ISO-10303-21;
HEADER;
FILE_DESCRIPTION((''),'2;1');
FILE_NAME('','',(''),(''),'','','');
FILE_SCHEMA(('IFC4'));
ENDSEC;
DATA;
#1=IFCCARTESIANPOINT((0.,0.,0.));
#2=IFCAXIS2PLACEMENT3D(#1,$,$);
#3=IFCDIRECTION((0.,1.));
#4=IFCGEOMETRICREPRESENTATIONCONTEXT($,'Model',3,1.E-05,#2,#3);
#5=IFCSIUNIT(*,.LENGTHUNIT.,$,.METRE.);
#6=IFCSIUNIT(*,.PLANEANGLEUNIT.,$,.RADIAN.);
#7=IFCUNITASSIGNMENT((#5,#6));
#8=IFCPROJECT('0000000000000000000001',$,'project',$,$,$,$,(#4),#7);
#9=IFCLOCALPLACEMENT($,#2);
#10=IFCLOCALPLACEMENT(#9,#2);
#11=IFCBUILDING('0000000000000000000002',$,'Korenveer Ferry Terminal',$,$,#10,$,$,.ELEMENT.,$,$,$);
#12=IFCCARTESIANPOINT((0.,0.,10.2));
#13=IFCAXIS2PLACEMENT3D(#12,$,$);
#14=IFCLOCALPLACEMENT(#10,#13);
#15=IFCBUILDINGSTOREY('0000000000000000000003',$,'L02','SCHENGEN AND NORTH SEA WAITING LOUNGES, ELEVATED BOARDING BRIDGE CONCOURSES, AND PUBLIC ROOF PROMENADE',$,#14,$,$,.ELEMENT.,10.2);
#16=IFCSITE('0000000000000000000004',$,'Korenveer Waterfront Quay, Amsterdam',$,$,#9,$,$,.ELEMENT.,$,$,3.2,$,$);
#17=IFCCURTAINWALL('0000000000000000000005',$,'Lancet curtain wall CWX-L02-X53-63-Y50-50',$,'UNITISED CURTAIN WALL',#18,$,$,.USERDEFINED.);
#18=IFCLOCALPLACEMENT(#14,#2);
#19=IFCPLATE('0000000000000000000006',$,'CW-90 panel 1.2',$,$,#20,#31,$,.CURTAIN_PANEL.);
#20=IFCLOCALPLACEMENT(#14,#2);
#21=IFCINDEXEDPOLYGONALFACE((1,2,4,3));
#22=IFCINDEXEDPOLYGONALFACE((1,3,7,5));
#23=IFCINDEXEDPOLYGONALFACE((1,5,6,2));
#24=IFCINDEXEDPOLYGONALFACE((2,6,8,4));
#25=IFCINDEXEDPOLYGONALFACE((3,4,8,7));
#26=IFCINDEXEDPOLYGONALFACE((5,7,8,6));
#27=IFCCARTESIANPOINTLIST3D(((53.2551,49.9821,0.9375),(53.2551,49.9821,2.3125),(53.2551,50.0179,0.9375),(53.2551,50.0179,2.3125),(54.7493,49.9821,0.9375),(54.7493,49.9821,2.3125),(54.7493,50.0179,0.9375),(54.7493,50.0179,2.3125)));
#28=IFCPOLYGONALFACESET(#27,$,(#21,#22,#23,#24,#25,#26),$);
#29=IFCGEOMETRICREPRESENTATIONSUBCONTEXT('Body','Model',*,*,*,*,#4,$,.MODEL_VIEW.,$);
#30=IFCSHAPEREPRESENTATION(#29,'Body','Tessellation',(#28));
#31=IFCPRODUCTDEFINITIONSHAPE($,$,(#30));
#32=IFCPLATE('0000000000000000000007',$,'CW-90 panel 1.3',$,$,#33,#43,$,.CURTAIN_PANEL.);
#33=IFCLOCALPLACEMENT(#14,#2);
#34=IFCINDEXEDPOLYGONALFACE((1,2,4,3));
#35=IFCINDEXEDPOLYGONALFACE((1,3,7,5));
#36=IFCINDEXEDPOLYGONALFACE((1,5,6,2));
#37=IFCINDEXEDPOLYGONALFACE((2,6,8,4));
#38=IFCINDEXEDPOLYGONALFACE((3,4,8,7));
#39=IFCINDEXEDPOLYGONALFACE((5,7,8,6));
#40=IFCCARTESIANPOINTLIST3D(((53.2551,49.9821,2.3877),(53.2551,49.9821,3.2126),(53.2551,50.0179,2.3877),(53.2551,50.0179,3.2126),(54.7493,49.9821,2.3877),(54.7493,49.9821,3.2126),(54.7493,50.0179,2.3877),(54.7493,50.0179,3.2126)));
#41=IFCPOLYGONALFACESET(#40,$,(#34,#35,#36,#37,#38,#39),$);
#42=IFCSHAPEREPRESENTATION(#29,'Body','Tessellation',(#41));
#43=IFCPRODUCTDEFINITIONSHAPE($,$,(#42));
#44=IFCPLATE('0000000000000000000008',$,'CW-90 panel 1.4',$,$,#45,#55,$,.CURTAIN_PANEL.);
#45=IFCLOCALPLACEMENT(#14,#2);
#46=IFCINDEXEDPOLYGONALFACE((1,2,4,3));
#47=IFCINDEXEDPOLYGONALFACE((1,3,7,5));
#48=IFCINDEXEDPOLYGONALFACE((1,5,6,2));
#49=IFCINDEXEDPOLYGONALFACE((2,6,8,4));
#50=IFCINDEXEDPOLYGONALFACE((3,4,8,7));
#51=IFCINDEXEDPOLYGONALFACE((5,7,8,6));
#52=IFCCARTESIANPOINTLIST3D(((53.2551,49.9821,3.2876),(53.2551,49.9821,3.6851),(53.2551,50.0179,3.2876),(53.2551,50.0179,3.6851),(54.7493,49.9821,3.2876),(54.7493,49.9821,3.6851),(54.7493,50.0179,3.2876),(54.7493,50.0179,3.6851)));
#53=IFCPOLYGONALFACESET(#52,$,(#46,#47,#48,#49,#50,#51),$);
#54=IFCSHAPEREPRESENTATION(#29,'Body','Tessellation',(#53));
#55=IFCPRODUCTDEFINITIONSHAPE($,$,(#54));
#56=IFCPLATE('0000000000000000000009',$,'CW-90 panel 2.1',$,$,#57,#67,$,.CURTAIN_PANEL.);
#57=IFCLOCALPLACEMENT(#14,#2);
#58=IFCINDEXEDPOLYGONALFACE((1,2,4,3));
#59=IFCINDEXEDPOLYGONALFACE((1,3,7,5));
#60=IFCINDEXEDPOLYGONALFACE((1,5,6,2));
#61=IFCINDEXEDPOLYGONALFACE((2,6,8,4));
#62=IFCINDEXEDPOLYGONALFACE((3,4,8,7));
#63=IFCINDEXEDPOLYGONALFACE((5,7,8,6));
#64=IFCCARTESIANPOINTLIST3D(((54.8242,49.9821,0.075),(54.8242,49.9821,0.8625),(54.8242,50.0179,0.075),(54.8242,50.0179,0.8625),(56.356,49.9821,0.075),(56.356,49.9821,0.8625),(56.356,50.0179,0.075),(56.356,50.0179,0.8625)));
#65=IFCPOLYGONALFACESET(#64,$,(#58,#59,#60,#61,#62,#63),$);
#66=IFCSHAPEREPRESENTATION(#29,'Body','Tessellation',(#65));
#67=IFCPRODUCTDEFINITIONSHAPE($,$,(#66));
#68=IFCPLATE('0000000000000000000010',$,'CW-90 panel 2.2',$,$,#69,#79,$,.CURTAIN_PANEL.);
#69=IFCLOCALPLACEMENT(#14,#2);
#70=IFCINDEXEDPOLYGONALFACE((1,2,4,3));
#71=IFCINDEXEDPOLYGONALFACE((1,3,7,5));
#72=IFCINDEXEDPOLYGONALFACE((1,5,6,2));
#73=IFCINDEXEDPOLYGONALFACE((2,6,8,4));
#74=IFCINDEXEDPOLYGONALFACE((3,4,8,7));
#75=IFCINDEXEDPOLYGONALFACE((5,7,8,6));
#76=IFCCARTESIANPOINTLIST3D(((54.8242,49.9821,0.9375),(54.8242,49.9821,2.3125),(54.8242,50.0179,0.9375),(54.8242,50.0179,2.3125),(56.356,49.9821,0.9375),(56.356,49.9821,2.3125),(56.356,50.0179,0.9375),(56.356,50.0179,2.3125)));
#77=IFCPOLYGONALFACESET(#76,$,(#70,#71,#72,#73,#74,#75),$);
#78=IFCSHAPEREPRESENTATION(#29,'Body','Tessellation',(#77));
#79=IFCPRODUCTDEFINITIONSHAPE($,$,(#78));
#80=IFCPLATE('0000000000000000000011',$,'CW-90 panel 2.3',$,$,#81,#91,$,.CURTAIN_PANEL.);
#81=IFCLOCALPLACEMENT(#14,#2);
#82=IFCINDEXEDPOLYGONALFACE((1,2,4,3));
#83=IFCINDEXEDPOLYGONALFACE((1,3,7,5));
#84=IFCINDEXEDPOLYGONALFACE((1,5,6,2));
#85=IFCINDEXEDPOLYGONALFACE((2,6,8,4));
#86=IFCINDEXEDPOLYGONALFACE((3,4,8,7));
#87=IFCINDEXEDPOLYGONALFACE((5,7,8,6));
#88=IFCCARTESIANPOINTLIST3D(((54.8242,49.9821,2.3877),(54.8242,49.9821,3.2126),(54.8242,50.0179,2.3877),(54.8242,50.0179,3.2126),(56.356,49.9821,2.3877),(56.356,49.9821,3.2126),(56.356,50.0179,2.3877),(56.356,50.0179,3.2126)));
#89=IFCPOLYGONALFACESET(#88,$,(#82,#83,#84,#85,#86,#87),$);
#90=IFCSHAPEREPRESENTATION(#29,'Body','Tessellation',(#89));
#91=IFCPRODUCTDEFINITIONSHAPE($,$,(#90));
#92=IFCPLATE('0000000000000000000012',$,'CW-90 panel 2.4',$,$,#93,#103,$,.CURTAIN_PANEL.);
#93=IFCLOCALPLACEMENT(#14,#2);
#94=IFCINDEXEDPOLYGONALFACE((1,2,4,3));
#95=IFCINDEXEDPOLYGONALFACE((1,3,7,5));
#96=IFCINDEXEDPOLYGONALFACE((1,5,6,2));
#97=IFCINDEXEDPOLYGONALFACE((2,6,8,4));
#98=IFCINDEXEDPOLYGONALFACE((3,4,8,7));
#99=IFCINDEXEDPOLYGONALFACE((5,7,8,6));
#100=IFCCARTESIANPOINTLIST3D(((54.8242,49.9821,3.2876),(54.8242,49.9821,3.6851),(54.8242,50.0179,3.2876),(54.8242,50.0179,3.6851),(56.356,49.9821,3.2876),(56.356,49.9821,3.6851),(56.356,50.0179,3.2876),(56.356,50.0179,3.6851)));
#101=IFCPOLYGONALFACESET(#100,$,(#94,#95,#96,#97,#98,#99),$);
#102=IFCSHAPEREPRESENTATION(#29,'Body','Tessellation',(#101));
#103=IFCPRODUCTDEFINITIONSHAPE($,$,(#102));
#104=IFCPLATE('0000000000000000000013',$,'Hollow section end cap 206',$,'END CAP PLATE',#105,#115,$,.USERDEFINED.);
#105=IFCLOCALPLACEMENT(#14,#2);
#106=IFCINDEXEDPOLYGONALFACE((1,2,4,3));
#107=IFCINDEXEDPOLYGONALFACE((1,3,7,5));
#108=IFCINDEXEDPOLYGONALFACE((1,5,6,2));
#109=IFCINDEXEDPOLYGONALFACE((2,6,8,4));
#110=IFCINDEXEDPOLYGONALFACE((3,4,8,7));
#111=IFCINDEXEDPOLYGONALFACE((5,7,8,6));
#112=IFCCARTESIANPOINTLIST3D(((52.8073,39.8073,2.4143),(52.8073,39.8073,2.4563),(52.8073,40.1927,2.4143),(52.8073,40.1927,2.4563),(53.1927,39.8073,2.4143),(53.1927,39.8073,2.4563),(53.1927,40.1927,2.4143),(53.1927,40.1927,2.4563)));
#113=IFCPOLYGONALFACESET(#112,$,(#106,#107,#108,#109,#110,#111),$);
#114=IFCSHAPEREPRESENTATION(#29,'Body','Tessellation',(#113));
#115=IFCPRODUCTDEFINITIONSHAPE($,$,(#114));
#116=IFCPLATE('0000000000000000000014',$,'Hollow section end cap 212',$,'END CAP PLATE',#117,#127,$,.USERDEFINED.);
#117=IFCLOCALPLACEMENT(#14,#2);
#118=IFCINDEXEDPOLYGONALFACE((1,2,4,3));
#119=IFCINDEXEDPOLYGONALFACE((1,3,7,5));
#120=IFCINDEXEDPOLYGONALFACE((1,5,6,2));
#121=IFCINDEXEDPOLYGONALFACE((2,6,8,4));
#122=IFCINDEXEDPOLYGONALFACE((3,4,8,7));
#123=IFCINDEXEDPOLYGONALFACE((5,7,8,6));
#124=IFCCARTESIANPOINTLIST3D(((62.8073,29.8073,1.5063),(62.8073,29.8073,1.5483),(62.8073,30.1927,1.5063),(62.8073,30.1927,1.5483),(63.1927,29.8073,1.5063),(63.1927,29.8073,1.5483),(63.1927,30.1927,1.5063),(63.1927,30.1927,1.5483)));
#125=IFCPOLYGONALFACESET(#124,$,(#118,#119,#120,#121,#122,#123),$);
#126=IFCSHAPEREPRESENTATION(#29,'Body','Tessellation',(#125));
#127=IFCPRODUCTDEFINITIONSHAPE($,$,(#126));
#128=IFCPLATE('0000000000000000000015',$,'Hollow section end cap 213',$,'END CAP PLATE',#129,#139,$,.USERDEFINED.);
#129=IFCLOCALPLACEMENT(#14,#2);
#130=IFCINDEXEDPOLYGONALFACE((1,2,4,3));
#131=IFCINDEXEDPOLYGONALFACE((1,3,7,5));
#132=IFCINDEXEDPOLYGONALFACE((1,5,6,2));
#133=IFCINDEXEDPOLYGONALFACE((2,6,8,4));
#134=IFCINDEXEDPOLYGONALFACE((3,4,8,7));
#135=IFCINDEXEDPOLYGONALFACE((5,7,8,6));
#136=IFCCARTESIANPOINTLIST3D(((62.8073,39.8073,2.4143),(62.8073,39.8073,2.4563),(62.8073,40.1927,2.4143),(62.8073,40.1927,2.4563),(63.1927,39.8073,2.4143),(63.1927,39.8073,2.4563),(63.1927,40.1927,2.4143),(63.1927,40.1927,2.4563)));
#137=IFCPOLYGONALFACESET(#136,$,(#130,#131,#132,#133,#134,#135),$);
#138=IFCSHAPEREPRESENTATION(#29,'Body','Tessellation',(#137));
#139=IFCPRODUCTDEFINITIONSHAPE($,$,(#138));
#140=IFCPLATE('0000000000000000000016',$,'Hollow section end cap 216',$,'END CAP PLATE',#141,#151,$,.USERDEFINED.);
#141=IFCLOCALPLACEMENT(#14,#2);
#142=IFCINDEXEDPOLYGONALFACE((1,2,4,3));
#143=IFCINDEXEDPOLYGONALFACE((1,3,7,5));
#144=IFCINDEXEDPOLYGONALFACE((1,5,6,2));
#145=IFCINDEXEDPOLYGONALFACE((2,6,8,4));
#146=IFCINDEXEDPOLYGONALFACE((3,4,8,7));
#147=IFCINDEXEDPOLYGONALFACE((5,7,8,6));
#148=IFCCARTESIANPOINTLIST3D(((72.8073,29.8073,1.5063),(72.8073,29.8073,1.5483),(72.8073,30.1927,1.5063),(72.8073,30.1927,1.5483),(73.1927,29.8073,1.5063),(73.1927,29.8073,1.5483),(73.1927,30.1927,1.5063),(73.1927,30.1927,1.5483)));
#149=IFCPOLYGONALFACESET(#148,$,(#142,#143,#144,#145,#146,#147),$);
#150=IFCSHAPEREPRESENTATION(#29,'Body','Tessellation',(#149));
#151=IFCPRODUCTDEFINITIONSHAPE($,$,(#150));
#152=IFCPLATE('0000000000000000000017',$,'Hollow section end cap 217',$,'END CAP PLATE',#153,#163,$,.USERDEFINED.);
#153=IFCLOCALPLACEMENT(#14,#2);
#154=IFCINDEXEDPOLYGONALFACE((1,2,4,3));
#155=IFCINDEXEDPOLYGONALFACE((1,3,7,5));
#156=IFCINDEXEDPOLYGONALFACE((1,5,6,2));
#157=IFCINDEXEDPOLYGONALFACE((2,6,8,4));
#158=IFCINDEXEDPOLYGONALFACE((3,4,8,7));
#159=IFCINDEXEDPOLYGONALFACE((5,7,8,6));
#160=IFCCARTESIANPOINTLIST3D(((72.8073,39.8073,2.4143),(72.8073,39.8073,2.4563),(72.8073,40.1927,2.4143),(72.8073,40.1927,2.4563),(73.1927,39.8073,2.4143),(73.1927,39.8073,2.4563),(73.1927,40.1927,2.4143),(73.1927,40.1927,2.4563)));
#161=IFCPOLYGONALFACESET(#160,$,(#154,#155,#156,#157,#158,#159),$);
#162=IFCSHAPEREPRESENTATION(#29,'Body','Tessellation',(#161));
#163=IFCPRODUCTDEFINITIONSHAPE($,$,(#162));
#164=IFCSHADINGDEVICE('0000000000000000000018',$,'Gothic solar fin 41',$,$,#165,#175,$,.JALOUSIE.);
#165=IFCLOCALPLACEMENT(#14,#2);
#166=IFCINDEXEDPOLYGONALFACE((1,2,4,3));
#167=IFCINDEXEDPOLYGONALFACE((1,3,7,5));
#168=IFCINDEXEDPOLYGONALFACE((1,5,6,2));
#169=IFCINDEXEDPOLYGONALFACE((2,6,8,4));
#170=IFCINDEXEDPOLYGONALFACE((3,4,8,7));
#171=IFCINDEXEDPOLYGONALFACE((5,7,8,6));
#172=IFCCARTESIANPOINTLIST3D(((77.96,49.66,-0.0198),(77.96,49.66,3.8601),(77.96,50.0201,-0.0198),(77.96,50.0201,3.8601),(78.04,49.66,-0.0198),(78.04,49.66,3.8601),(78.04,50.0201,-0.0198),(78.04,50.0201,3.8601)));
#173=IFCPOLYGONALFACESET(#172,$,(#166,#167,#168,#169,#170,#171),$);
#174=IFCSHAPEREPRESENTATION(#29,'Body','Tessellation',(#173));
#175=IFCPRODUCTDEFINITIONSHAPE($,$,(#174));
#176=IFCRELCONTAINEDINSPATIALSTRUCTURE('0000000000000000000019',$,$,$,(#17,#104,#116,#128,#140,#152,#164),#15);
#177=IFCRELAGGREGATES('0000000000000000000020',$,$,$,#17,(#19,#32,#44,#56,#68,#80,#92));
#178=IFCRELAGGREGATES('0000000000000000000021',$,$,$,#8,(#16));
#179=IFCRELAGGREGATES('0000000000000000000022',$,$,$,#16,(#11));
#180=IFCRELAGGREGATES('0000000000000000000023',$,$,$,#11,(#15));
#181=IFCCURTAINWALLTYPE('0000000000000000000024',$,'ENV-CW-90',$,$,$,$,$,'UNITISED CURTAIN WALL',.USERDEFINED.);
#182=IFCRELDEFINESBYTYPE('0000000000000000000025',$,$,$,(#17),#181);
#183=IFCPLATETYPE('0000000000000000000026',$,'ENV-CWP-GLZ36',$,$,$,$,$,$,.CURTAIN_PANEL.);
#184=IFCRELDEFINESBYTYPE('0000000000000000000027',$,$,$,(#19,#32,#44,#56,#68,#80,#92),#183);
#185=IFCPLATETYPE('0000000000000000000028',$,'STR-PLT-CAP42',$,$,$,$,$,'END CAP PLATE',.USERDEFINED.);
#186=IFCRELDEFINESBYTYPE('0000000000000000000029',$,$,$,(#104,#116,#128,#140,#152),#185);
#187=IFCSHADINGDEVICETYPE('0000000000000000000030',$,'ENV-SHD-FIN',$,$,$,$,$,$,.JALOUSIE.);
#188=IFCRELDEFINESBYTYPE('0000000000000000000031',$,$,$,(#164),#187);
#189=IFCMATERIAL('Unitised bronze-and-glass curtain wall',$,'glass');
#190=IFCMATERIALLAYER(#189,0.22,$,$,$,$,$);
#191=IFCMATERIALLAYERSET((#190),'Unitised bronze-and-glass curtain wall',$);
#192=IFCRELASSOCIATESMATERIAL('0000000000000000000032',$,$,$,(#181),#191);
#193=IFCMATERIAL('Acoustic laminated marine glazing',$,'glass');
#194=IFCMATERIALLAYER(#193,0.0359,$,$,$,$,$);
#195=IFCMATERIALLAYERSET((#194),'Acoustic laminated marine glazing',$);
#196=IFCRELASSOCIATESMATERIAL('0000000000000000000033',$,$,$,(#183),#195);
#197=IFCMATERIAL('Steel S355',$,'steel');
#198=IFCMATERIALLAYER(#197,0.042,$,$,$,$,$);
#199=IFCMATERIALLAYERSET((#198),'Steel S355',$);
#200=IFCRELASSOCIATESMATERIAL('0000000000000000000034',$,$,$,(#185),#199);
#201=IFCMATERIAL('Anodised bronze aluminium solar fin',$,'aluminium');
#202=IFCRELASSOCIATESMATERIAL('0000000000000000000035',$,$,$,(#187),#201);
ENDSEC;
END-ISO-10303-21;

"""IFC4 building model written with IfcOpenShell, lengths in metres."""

from ifc_helpers import new_model, si_unit, direction, frame, origin, origin_2d, place, context, subcontext, project, spatial, rectangle, extrude, material, layer, layer_set, type_object, element, aggregate, save


model = new_model("IFC4")

# Units and contexts
model_context = context("Model", 3, precision=1e-05, world=origin(), true_north=direction((0.0, 1.0)))
body_context = subcontext(model_context, "Body", "Model", "MODEL_VIEW")
ifc_project = project(units=[si_unit("LENGTHUNIT", "METRE"), si_unit("PLANEANGLEUNIT", "RADIAN")], contexts=[model_context])

# Site, building, storey
site_placement = place(None, origin())
site = spatial("IfcSite", under=ifc_project, at=site_placement, Name="Korenveer Waterfront Quay, Amsterdam", CompositionType="ELEMENT", RefElevation=3.2)
building_placement = place(site_placement, origin())
building = spatial("IfcBuilding", under=site, at=building_placement, Name="Korenveer Ferry Terminal", CompositionType="ELEMENT")
storey_placement = place(building_placement, frame((0.0, 0.0, 10.2)))
storey = spatial("IfcBuildingStorey", under=building, at=storey_placement, Name="L02", Description="SCHENGEN AND NORTH SEA WAITING LOUNGES, ELEVATED BOARDING BRIDGE CONCOURSES, AND PUBLIC ROOF PROMENADE", CompositionType="ELEMENT", Elevation=10.2)

# Shared definitions
ifc_material_1 = material(Name="Steel S355", Category="steel")

# Shared definitions
ifc_material_2 = material(Name="Unitised bronze-and-glass curtain wall", Category="glass")

# Curtain wall
ifc_layer_1 = layer(ifc_material_2, 0.22)
ifc_layer_set_1 = layer_set([ifc_layer_1], Name="Unitised bronze-and-glass curtain wall")
curtain_wall_type_1 = type_object("IfcCurtainWallType", Name="ENV-CW-90", ElementType="UNITISED CURTAIN WALL", PredefinedType="USERDEFINED", material=ifc_layer_set_1)
curtain_wall_1_placement = place(storey_placement, frame((53.1799, 50.0, 0.0)))
curtain_wall_1 = element("IfcCurtainWall", 1, at=curtain_wall_1_placement, inside=storey, type_object=curtain_wall_type_1, Name="Lancet curtain wall CWX-L02-X53-63-Y50-50", ObjectType="UNITISED CURTAIN WALL", PredefinedType="USERDEFINED")

# Plates
ifc_material_3 = material(Name="Acoustic laminated marine glazing", Category="glass")
ifc_layer_2 = layer(ifc_material_3, 0.0359)
ifc_layer_set_2 = layer_set([ifc_layer_2], Name="Acoustic laminated marine glazing")
plate_type_1 = type_object("IfcPlateType", Name="ENV-CWP-GLZ36", PredefinedType="CURTAIN_PANEL", material=ifc_layer_set_2)
plate_1_placement = place(storey_placement, frame((54.0022, 50.0, 0.9375), z_axis=(0.0, 0.0, 1.0), x_axis=(1.0, 0.0, 0.0)))
plate_1 = element("IfcPlate", 2, at=plate_1_placement, type_object=plate_type_1, Name="CW-90 panel 1.2", PredefinedType="CURTAIN_PANEL", context=body_context, shape_type="SweptSolid", body=[
    extrude(rectangle(XDim=1.4941, YDim=0.0359, at=origin_2d()), origin(), (0.0, 0.0, 1.0), 1.375),
])
plate_2_placement = place(storey_placement, frame((54.0022, 50.0, 2.3877), z_axis=(0.0, 0.0, 1.0), x_axis=(1.0, 0.0, 0.0)))
plate_2 = element("IfcPlate", 3, at=plate_2_placement, type_object=plate_type_1, Name="CW-90 panel 1.3", PredefinedType="CURTAIN_PANEL", context=body_context, shape_type="SweptSolid", body=[
    extrude(rectangle(XDim=1.4941, YDim=0.0359, at=origin_2d()), origin(), (0.0, 0.0, 1.0), 0.825),
])
plate_3_placement = place(storey_placement, frame((54.0022, 50.0, 3.2876), z_axis=(0.0, 0.0, 1.0), x_axis=(1.0, 0.0, 0.0)))
plate_3 = element("IfcPlate", 4, at=plate_3_placement, type_object=plate_type_1, Name="CW-90 panel 1.4", PredefinedType="CURTAIN_PANEL", context=body_context, shape_type="SweptSolid", body=[
    extrude(rectangle(XDim=1.4941, YDim=0.0359, at=origin_2d()), origin(), (0.0, 0.0, 1.0), 0.3975),
])
plate_4_placement = place(storey_placement, frame((55.5901, 50.0, 0.075), z_axis=(0.0, 0.0, 1.0), x_axis=(1.0, 0.0, 0.0)))
plate_4 = element("IfcPlate", 5, at=plate_4_placement, type_object=plate_type_1, Name="CW-90 panel 2.1", PredefinedType="CURTAIN_PANEL", context=body_context, shape_type="SweptSolid", body=[
    extrude(rectangle(XDim=1.5317, YDim=0.0359, at=origin_2d()), origin(), (0.0, 0.0, 1.0), 0.7876),
])
plate_5_placement = place(storey_placement, frame((55.5901, 50.0, 0.9375), z_axis=(0.0, 0.0, 1.0), x_axis=(1.0, 0.0, 0.0)))
plate_5 = element("IfcPlate", 6, at=plate_5_placement, type_object=plate_type_1, Name="CW-90 panel 2.2", PredefinedType="CURTAIN_PANEL", context=body_context, shape_type="SweptSolid", body=[
    extrude(rectangle(XDim=1.5317, YDim=0.0359, at=origin_2d()), origin(), (0.0, 0.0, 1.0), 1.375),
])
plate_6_placement = place(storey_placement, frame((55.5901, 50.0, 2.3877), z_axis=(0.0, 0.0, 1.0), x_axis=(1.0, 0.0, 0.0)))
plate_6 = element("IfcPlate", 7, at=plate_6_placement, type_object=plate_type_1, Name="CW-90 panel 2.3", PredefinedType="CURTAIN_PANEL", context=body_context, shape_type="SweptSolid", body=[
    extrude(rectangle(XDim=1.5317, YDim=0.0359, at=origin_2d()), origin(), (0.0, 0.0, 1.0), 0.825),
])
plate_7_placement = place(storey_placement, frame((55.5901, 50.0, 3.2876), z_axis=(0.0, 0.0, 1.0), x_axis=(1.0, 0.0, 0.0)))
plate_7 = element("IfcPlate", 8, at=plate_7_placement, type_object=plate_type_1, Name="CW-90 panel 2.4", PredefinedType="CURTAIN_PANEL", context=body_context, shape_type="SweptSolid", body=[
    extrude(rectangle(XDim=1.5317, YDim=0.0359, at=origin_2d()), origin(), (0.0, 0.0, 1.0), 0.3975),
])
aggregate(curtain_wall_1, [plate_1, plate_2, plate_3, plate_4, plate_5, plate_6, plate_7])

# Plates
ifc_layer_3 = layer(ifc_material_1, 0.042)
ifc_layer_set_3 = layer_set([ifc_layer_3], Name="Steel S355")
plate_type_2 = type_object("IfcPlateType", Name="STR-PLT-CAP42", ElementType="END CAP PLATE", PredefinedType="USERDEFINED", material=ifc_layer_set_3)
for number, where, z_axis, x_axis, name in (
    (9, (53.0, 40.0, 2.4143), (0.0, 0.0, 1.0), (1.0, 0.0, 0.0), "Hollow section end cap 206"),
    (10, (63.0, 30.0, 1.5063), (0.0, 0.0, 1.0), (1.0, 0.0, 0.0), "Hollow section end cap 212"),
    (11, (63.0, 40.0, 2.4143), (0.0, 0.0, 1.0), (1.0, 0.0, 0.0), "Hollow section end cap 213"),
    (12, (73.0, 30.0, 1.5063), (0.0, 0.0, 1.0), (1.0, 0.0, 0.0), "Hollow section end cap 216"),
    (13, (73.0, 40.0, 2.4143), (0.0, 0.0, 1.0), (1.0, 0.0, 0.0), "Hollow section end cap 217"),
):
    element("IfcPlate", number, at=place(storey_placement, frame(where, z_axis=z_axis, x_axis=x_axis)), inside=storey, type_object=plate_type_2, Name=name, ObjectType="END CAP PLATE", PredefinedType="USERDEFINED", context=body_context, shape_type="SweptSolid", body=[
        extrude(rectangle(XDim=0.3855, YDim=0.3855, at=origin_2d()), origin(), (0.0, 0.0, 1.0), 0.042),
    ])

# Shading device
ifc_material_4 = material(Name="Anodised bronze aluminium solar fin", Category="aluminium")
shading_device_type = type_object("IfcShadingDeviceType", Name="ENV-SHD-FIN", PredefinedType="JALOUSIE", material=ifc_material_4)
shading_device_placement = place(storey_placement, frame((78.0, 49.8401, -0.0198), z_axis=(0.0, 0.0, 1.0), x_axis=(0.0, 1.0, 0.0)))
element("IfcShadingDevice", 14, at=shading_device_placement, inside=storey, type_object=shading_device_type, Name="Gothic solar fin 41", PredefinedType="JALOUSIE", context=body_context, shape_type="SweptSolid", body=[
    extrude(rectangle(XDim=0.3601, YDim=0.0801, at=origin_2d()), origin(), (0.0, 0.0, 1.0), 3.8799),
])

save(model, "model.ifc")
